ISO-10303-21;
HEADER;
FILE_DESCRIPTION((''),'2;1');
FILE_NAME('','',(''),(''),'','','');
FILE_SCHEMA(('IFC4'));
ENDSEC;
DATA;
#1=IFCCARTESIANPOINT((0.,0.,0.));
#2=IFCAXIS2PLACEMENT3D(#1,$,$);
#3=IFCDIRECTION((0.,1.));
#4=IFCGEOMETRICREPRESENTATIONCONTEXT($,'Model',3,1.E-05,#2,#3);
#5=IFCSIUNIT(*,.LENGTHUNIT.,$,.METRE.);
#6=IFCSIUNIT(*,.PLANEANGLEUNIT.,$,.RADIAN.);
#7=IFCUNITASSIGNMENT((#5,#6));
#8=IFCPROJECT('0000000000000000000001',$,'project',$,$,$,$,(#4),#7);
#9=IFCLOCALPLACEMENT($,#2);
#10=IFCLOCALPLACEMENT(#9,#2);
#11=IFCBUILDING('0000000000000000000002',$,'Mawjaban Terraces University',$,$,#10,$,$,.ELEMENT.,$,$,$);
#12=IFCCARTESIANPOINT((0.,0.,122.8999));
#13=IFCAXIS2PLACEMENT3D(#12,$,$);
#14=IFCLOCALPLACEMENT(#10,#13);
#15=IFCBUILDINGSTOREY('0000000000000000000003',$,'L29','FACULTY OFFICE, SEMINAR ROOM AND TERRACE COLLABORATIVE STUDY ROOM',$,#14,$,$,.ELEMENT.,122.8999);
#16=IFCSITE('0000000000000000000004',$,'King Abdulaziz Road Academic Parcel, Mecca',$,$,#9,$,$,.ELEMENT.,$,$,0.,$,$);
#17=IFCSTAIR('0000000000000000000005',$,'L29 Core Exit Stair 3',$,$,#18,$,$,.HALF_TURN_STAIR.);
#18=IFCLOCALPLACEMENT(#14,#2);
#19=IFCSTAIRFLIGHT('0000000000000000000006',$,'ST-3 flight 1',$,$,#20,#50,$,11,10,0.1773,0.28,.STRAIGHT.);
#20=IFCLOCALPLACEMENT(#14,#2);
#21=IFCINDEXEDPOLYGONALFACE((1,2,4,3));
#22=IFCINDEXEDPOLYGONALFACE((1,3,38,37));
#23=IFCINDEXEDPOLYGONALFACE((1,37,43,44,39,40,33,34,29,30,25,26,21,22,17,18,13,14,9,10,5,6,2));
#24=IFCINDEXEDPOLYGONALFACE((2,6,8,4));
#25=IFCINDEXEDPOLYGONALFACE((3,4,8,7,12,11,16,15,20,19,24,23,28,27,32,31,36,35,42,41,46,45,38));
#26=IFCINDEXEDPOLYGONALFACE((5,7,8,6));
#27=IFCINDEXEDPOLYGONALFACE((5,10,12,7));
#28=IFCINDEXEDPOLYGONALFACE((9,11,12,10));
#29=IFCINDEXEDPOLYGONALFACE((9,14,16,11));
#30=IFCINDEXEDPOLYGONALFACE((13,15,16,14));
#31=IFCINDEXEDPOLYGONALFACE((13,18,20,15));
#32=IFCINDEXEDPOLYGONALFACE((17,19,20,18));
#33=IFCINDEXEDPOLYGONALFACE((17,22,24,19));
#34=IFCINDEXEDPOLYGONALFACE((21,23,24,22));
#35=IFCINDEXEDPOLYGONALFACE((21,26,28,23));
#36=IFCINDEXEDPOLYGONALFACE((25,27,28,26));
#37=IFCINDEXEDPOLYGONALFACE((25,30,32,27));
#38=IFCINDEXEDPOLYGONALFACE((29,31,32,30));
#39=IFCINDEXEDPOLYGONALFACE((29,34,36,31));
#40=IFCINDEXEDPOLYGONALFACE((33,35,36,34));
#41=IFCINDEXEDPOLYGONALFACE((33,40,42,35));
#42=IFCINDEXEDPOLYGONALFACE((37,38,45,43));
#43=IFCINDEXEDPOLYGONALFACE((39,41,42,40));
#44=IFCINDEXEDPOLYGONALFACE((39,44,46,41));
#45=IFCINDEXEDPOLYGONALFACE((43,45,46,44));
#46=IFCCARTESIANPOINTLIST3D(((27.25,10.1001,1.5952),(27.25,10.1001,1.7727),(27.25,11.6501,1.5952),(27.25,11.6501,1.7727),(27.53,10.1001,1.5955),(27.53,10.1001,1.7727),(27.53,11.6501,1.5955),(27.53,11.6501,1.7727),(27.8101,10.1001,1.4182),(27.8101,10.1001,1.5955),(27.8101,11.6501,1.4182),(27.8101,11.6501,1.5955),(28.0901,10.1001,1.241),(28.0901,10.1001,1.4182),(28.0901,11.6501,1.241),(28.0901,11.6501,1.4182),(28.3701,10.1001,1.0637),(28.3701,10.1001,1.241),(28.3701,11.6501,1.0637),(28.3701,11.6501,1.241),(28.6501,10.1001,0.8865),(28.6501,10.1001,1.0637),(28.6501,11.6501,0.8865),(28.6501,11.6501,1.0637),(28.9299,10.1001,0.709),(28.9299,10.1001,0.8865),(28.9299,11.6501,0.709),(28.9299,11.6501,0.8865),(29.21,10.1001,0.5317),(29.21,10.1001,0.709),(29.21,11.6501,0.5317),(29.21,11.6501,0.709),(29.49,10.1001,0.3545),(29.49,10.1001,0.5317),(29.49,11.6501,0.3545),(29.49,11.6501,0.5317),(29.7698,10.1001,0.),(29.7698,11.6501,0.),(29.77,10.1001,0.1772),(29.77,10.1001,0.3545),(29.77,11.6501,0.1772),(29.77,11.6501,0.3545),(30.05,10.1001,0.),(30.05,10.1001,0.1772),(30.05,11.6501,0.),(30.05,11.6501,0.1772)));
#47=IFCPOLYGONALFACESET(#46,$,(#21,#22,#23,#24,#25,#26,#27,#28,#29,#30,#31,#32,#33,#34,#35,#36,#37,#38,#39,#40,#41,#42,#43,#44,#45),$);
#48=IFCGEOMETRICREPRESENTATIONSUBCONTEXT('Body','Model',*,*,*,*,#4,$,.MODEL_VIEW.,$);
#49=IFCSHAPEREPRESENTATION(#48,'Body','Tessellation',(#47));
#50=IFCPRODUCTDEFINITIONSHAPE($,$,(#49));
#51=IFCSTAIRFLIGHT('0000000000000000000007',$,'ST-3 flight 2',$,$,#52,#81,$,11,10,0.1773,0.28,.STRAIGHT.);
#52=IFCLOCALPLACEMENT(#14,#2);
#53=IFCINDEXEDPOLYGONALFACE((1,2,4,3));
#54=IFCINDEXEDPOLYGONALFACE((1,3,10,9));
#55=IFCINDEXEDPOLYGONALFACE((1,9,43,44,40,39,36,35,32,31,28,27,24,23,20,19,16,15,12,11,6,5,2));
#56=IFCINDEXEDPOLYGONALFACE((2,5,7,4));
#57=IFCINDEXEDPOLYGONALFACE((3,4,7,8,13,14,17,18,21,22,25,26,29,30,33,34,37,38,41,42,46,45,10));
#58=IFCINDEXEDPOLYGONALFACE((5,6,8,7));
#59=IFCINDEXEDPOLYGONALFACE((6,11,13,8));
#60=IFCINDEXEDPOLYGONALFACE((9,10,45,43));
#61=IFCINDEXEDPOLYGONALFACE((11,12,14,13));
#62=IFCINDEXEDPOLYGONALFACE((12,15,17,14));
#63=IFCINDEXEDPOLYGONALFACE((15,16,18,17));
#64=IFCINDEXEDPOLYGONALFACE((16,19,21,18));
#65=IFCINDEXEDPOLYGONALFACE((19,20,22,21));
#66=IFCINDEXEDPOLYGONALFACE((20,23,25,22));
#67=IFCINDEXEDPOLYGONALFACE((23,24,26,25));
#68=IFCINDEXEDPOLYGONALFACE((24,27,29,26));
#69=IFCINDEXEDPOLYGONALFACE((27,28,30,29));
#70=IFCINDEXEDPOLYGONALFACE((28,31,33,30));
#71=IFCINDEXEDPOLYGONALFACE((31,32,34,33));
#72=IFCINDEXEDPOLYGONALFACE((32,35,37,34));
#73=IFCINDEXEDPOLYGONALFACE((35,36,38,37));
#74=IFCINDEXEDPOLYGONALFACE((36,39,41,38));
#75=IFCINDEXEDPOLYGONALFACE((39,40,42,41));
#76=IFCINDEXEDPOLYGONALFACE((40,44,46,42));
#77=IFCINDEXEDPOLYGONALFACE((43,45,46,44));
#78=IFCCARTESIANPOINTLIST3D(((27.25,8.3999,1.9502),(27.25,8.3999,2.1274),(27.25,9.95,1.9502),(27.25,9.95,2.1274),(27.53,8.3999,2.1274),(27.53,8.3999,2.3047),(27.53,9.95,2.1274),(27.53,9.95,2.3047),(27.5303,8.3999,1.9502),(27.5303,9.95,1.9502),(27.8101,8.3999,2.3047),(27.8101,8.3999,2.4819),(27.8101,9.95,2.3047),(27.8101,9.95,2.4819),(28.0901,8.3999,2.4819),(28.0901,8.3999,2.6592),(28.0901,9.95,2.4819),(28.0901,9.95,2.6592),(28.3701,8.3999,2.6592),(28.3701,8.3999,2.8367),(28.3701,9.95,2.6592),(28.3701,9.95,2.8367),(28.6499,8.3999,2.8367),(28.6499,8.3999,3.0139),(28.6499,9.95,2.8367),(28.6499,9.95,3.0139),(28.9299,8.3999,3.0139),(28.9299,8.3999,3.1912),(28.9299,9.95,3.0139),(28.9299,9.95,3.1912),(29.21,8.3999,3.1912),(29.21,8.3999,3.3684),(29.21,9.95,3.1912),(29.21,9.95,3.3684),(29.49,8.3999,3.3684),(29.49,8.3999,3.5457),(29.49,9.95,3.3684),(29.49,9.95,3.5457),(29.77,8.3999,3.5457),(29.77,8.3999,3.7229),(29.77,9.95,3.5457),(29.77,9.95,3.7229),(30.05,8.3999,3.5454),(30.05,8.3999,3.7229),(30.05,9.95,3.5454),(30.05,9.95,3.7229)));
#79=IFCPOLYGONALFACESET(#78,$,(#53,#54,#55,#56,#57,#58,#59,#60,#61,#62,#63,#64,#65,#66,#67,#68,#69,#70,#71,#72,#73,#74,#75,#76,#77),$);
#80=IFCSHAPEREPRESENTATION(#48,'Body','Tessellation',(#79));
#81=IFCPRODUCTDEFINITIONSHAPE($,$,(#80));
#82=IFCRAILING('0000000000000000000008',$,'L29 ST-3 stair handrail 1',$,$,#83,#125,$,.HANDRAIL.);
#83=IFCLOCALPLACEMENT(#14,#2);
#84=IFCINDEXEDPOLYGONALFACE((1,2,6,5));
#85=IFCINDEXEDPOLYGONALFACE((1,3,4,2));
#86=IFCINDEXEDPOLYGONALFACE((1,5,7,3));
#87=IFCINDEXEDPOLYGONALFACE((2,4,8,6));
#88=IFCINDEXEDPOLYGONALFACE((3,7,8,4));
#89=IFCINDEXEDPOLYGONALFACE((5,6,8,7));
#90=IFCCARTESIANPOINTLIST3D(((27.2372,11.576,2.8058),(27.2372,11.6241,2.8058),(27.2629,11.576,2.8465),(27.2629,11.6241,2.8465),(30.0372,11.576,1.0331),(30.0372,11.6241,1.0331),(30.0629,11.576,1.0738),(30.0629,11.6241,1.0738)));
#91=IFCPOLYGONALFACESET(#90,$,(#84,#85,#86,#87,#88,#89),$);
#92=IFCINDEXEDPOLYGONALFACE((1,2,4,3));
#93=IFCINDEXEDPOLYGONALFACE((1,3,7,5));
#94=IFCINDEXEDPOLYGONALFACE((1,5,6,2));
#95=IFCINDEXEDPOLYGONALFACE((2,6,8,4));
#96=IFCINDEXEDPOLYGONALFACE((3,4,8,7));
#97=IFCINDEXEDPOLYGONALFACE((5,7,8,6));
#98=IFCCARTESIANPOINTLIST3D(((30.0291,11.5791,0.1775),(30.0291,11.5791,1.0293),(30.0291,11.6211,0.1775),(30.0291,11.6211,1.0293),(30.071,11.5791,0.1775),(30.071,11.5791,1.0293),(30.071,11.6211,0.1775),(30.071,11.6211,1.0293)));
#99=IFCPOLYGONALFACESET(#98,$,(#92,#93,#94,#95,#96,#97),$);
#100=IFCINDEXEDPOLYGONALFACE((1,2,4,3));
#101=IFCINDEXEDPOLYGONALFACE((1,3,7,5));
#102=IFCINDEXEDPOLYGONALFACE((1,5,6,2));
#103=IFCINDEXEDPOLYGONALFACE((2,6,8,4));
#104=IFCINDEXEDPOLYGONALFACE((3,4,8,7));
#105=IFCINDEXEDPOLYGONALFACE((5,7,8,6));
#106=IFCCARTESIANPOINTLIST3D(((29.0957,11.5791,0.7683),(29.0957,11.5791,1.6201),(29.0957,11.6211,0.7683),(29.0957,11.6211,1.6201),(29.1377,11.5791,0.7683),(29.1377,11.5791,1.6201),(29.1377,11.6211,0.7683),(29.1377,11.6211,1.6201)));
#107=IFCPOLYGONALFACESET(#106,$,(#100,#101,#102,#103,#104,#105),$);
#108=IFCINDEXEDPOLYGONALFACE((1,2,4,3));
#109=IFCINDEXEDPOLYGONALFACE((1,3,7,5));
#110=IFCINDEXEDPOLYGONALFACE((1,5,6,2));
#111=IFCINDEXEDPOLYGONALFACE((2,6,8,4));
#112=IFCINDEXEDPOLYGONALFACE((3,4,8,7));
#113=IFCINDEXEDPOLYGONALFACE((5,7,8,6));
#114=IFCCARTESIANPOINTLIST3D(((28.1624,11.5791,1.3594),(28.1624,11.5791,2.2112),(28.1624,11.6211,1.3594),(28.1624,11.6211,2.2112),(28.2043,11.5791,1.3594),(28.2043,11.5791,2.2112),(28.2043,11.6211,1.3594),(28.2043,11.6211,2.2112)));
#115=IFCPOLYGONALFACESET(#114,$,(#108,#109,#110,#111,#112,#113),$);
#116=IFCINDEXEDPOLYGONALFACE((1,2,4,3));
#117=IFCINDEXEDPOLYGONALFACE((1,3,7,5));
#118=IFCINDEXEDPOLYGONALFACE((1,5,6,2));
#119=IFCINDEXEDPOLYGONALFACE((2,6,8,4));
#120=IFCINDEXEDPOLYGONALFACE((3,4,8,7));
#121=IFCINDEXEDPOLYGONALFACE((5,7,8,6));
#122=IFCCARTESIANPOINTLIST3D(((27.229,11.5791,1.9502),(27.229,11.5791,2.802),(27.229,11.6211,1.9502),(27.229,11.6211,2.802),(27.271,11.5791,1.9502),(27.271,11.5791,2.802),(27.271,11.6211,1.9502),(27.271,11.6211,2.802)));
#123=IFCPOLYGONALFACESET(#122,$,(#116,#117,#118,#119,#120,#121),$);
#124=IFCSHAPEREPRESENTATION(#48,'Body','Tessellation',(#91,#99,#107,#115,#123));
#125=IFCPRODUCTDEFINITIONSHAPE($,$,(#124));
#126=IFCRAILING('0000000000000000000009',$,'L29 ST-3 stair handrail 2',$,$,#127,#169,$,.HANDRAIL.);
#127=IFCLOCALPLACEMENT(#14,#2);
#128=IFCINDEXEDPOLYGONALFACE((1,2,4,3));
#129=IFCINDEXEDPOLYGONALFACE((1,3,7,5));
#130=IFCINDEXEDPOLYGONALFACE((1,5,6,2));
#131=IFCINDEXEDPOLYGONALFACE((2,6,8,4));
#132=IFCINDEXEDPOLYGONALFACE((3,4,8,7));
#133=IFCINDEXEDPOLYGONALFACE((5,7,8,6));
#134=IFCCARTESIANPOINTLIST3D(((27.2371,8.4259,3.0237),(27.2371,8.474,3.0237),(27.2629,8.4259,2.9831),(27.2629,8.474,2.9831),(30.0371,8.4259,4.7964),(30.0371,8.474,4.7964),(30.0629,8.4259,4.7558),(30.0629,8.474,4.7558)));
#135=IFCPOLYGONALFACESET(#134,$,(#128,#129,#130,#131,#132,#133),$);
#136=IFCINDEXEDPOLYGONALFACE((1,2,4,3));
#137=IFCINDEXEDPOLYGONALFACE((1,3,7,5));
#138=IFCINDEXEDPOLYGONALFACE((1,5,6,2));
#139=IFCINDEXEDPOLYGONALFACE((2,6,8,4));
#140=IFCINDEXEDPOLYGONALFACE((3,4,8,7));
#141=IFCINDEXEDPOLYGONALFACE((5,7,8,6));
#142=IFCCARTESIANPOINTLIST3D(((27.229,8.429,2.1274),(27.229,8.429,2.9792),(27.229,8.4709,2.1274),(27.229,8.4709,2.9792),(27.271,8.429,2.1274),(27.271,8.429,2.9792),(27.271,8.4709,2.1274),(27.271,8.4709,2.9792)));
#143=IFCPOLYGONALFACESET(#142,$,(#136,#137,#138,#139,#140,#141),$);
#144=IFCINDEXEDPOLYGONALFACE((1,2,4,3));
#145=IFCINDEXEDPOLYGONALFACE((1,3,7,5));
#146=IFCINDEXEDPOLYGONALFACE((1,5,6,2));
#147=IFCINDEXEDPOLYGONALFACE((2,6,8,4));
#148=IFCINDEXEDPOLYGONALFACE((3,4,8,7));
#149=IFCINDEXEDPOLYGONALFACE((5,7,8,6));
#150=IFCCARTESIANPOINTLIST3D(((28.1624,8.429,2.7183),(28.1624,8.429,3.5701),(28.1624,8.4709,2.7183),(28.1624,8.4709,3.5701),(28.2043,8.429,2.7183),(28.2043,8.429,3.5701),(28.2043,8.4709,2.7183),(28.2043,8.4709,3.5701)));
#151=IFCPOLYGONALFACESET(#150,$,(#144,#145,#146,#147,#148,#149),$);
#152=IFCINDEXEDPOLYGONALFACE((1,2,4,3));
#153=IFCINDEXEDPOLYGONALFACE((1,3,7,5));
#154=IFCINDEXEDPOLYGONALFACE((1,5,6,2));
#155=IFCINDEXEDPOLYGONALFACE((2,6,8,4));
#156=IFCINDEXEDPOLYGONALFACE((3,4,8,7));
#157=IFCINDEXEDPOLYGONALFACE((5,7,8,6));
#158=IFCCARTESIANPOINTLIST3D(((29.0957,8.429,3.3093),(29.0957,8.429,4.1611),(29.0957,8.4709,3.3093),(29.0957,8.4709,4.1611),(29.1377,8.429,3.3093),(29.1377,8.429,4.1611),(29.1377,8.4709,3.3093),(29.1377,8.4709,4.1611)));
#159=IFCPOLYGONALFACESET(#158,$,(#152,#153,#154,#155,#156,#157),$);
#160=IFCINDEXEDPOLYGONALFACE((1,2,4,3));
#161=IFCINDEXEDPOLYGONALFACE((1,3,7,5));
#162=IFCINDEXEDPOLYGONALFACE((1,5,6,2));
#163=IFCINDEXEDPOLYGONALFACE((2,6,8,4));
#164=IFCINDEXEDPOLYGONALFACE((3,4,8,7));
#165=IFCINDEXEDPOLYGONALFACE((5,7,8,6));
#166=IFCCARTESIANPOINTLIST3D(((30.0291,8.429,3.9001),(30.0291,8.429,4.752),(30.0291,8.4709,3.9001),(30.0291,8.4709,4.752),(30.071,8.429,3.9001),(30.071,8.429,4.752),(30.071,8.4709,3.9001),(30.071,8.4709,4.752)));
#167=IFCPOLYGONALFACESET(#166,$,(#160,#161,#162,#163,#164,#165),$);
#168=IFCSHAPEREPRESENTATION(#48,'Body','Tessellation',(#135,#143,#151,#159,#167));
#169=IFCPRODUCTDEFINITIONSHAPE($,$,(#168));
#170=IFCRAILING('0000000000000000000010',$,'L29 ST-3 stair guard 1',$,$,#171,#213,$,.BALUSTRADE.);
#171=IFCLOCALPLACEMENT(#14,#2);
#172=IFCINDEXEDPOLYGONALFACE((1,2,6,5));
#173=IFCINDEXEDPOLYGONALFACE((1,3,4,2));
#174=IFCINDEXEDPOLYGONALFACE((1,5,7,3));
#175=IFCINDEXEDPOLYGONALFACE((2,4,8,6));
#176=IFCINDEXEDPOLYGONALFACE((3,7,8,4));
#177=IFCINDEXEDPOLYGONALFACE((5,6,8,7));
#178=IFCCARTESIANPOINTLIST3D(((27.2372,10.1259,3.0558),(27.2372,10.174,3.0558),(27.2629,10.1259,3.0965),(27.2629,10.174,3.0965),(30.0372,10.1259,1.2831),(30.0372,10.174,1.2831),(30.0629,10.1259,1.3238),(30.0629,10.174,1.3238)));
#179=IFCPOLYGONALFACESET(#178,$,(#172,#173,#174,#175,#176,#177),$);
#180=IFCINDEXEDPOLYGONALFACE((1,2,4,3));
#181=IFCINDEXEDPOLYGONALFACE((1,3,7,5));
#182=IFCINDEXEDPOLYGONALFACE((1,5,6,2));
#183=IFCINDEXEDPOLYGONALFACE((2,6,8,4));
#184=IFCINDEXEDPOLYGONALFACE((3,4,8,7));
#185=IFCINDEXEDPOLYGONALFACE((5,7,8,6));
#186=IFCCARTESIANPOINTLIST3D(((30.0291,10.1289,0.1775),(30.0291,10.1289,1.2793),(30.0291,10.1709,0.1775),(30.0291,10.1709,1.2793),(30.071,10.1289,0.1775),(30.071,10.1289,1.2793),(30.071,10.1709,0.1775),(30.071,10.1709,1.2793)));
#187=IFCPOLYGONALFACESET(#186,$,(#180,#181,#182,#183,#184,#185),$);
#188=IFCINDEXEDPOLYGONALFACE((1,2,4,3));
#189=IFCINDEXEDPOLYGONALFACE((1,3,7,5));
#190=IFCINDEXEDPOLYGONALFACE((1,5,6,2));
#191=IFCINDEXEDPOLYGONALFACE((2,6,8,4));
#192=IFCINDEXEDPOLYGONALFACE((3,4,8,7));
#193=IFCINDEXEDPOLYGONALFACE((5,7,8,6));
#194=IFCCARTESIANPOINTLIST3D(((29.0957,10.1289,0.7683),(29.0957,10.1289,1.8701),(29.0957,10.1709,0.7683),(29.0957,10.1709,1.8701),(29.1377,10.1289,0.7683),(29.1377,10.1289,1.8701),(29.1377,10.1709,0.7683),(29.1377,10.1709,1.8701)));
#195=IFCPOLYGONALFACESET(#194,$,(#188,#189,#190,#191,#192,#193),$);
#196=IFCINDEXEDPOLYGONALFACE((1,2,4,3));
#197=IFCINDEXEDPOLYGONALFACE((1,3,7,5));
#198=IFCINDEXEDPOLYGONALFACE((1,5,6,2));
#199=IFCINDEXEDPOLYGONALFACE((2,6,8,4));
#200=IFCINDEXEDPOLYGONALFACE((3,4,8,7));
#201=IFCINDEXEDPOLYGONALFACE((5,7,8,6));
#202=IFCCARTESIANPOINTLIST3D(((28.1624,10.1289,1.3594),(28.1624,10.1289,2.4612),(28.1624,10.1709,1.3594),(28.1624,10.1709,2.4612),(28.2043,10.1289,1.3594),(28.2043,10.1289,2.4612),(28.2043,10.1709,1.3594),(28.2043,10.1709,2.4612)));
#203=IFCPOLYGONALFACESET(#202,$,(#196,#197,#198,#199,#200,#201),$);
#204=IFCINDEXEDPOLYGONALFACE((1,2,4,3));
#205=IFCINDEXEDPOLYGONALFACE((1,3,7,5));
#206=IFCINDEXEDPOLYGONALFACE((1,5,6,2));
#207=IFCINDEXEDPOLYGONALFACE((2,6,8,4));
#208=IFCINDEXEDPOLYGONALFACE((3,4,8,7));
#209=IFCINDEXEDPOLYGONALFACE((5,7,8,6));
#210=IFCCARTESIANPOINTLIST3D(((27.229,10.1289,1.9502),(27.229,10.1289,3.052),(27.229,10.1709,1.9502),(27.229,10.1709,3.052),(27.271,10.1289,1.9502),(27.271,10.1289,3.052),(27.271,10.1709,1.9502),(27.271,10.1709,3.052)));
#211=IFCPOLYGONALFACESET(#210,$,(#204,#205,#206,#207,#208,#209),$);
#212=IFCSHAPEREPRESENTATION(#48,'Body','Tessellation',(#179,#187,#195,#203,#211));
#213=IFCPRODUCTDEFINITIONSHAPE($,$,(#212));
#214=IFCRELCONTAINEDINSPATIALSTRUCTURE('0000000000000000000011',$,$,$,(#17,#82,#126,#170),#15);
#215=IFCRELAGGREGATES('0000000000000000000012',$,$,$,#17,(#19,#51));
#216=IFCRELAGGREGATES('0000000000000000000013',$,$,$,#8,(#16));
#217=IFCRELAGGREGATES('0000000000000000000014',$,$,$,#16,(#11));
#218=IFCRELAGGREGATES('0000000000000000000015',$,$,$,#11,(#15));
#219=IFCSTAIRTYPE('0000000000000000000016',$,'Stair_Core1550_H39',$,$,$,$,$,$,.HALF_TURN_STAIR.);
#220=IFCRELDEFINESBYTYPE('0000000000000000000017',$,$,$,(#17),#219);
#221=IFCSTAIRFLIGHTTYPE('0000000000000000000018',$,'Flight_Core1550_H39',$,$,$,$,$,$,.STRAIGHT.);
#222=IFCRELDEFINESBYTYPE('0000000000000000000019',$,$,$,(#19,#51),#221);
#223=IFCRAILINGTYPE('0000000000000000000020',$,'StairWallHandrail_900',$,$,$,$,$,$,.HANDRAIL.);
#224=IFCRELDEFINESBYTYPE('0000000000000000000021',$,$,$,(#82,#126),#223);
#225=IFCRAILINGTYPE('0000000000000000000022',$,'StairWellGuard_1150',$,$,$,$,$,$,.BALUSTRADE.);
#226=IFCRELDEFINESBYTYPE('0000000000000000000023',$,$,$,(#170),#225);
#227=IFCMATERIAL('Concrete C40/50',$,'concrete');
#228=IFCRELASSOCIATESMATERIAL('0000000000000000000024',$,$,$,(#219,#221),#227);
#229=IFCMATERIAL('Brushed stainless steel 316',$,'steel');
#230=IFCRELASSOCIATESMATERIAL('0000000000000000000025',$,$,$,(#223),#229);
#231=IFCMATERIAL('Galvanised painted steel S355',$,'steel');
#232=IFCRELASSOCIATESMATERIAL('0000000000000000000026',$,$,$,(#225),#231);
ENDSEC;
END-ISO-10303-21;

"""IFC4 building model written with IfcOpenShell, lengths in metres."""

from ifc_helpers import new_model, si_unit, direction, frame, origin, origin_2d, place, context, subcontext, project, spatial, polyline, rectangle, outline, extrude, material, type_object, element, aggregate, save


model = new_model("IFC4")

# Units and contexts
model_context = context("Model", 3, precision=1e-05, world=origin(), true_north=direction((0.0, 1.0)))
body_context = subcontext(model_context, "Body", "Model", "MODEL_VIEW")
ifc_project = project(units=[si_unit("LENGTHUNIT", "METRE"), si_unit("PLANEANGLEUNIT", "RADIAN")], contexts=[model_context])

# Site, building, storey
site_placement = place(None, origin())
site = spatial("IfcSite", under=ifc_project, at=site_placement, Name="King Abdulaziz Road Academic Parcel, Mecca", CompositionType="ELEMENT", RefElevation=0.0)
building_placement = place(site_placement, origin())
building = spatial("IfcBuilding", under=site, at=building_placement, Name="Mawjaban Terraces University", CompositionType="ELEMENT")
storey_placement = place(building_placement, frame((0.0, 0.0, 122.8999)))
storey = spatial("IfcBuildingStorey", under=building, at=storey_placement, Name="L29", Description="FACULTY OFFICE, SEMINAR ROOM AND TERRACE COLLABORATIVE STUDY ROOM", CompositionType="ELEMENT", Elevation=122.8999)

# Shared definitions
ifc_material_1 = material(Name="Concrete C40/50", Category="concrete")

# Stair, stair flights
stair_type = type_object("IfcStairType", Name="Stair_Core1550_H39", PredefinedType="HALF_TURN_STAIR", material=ifc_material_1)
stair_placement = place(storey_placement, origin())
stair = element("IfcStair", 1, at=stair_placement, inside=storey, type_object=stair_type, Name="L29 Core Exit Stair 3", PredefinedType="HALF_TURN_STAIR")
stair_flight_type = type_object("IfcStairFlightType", Name="Flight_Core1550_H39", PredefinedType="STRAIGHT", material=ifc_material_1)
stair_flight_1_placement = place(storey_placement, frame((30.05, 10.875, 0.0), z_axis=(0.0, 0.0, 1.0), x_axis=(-1.0, 0.0, 0.0)))
stair_flight_1 = element("IfcStairFlight", 2, at=stair_flight_1_placement, type_object=stair_flight_type, Name="ST-3 flight 1", NumberOfRisers=11, NumberOfTreads=10, PredefinedType="STRAIGHT", RiserHeight=0.1773, TreadLength=0.28, context=body_context, shape_type="SweptSolid", body=[
    extrude(outline(polyline([(0.0, 0.0), (0.0, 0.1772), (0.28, 0.1772), (0.28, 0.3545), (0.5601, 0.3545), (0.5601, 0.5317), (0.8401, 0.5317), (0.8401, 0.709), (1.1201, 0.709), (1.1201, 0.8865), (1.3999, 0.8865), (1.3999, 1.0637), (1.6799, 1.0637), (1.6799, 1.241), (1.96, 1.241), (1.96, 1.4182), (2.24, 1.4182), (2.24, 1.5955), (2.52, 1.5955), (2.52, 1.7727), (2.8, 1.7727), (2.8, 1.95), (2.8, 1.5952), (0.2803, 0.0), (0.0, 0.0)])), frame((0.0, 0.7749, 0.0), z_axis=(0.0, -1.0, 0.0), x_axis=(1.0, 0.0, 0.0)), (0.0, 0.0, 1.0), 1.55),
])
stair_flight_2_placement = place(storey_placement, frame((27.25, 9.175, 1.9502), z_axis=(0.0, 0.0, 1.0), x_axis=(1.0, 0.0, 0.0)))
stair_flight_2 = element("IfcStairFlight", 3, at=stair_flight_2_placement, type_object=stair_flight_type, Name="ST-3 flight 2", NumberOfRisers=11, NumberOfTreads=10, PredefinedType="STRAIGHT", RiserHeight=0.1773, TreadLength=0.28, context=body_context, shape_type="SweptSolid", body=[
    extrude(outline(polyline([(0.0, 0.0), (0.0, 0.1772), (0.28, 0.1772), (0.28, 0.3545), (0.5601, 0.3545), (0.5601, 0.5317), (0.8401, 0.5317), (0.8401, 0.709), (1.1201, 0.709), (1.1201, 0.8865), (1.3999, 0.8865), (1.3999, 1.0637), (1.6799, 1.0637), (1.6799, 1.241), (1.96, 1.241), (1.96, 1.4182), (2.24, 1.4182), (2.24, 1.5955), (2.52, 1.5955), (2.52, 1.7727), (2.8, 1.7727), (2.8, 1.95), (2.8, 1.5952), (0.2803, 0.0), (0.0, 0.0)])), frame((0.0, 0.7749, 0.0), z_axis=(0.0, -1.0, 0.0), x_axis=(1.0, 0.0, 0.0)), (0.0, 0.0, 1.0), 1.55),
])
aggregate(stair, [stair_flight_1, stair_flight_2])

# Railings
ifc_material_2 = material(Name="Brushed stainless steel 316", Category="steel")
railing_type_1 = type_object("IfcRailingType", Name="StairWallHandrail_900", PredefinedType="HANDRAIL", material=ifc_material_2)
railing_1_placement = place(storey_placement, frame((30.05, 11.6001, 0.1775)))
element("IfcRailing", 4, at=railing_1_placement, inside=storey, type_object=railing_type_1, Name="L29 ST-3 stair handrail 1", PredefinedType="HANDRAIL", context=body_context, shape_type="SweptSolid", body=[
    extrude(rectangle(XDim=0.0481, YDim=0.0481, at=origin_2d()), frame((0.0, 0.0, 0.876), z_axis=(-0.844909, 0.0, 0.53491), x_axis=(0.0, -1.0, 0.0)), (0.0, 0.0, 1.0), 3.314),
    extrude(rectangle(XDim=0.042, YDim=0.042, at=origin_2d()), origin(), (0.0, 0.0, 1.0), 0.8518),
    extrude(rectangle(XDim=0.042, YDim=0.042, at=origin_2d()), frame((-0.9333, 0.0, 0.5908)), (0.0, 0.0, 1.0), 0.8518),
    extrude(rectangle(XDim=0.042, YDim=0.042, at=origin_2d()), frame((-1.8667, 0.0, 1.1819)), (0.0, 0.0, 1.0), 0.8518),
    extrude(rectangle(XDim=0.042, YDim=0.042, at=origin_2d()), frame((-2.8, 0.0, 1.7727)), (0.0, 0.0, 1.0), 0.8518),
])
railing_2_placement = place(storey_placement, frame((27.25, 8.45, 2.1274)))
element("IfcRailing", 5, at=railing_2_placement, inside=storey, type_object=railing_type_1, Name="L29 ST-3 stair handrail 2", PredefinedType="HANDRAIL", context=body_context, shape_type="SweptSolid", body=[
    extrude(rectangle(XDim=0.0481, YDim=0.0481, at=origin_2d()), frame((0.0, 0.0, 0.876), z_axis=(0.844909, 0.0, 0.53491), x_axis=(0.0, 1.0, 0.0)), (0.0, 0.0, 1.0), 3.314),
    extrude(rectangle(XDim=0.042, YDim=0.042, at=origin_2d()), origin(), (0.0, 0.0, 1.0), 0.8518),
    extrude(rectangle(XDim=0.042, YDim=0.042, at=origin_2d()), frame((0.9333, 0.0, 0.5908)), (0.0, 0.0, 1.0), 0.8518),
    extrude(rectangle(XDim=0.042, YDim=0.042, at=origin_2d()), frame((1.8667, 0.0, 1.1819)), (0.0, 0.0, 1.0), 0.8518),
    extrude(rectangle(XDim=0.042, YDim=0.042, at=origin_2d()), frame((2.8, 0.0, 1.7727)), (0.0, 0.0, 1.0), 0.8518),
])
ifc_material_3 = material(Name="Galvanised painted steel S355", Category="steel")
railing_type_2 = type_object("IfcRailingType", Name="StairWellGuard_1150", PredefinedType="BALUSTRADE", material=ifc_material_3)
railing_3_placement = place(storey_placement, frame((30.05, 10.1499, 0.1775)))
element("IfcRailing", 6, at=railing_3_placement, inside=storey, type_object=railing_type_2, Name="L29 ST-3 stair guard 1", PredefinedType="BALUSTRADE", context=body_context, shape_type="SweptSolid", body=[
    extrude(rectangle(XDim=0.0481, YDim=0.0481, at=origin_2d()), frame((0.0, 0.0, 1.126), z_axis=(-0.844909, 0.0, 0.53491), x_axis=(0.0, -1.0, 0.0)), (0.0, 0.0, 1.0), 3.314),
    extrude(rectangle(XDim=0.042, YDim=0.042, at=origin_2d()), origin(), (0.0, 0.0, 1.0), 1.1018),
    extrude(rectangle(XDim=0.042, YDim=0.042, at=origin_2d()), frame((-0.9333, 0.0, 0.5908)), (0.0, 0.0, 1.0), 1.1018),
    extrude(rectangle(XDim=0.042, YDim=0.042, at=origin_2d()), frame((-1.8667, 0.0, 1.1819)), (0.0, 0.0, 1.0), 1.1018),
    extrude(rectangle(XDim=0.042, YDim=0.042, at=origin_2d()), frame((-2.8, 0.0, 1.7727)), (0.0, 0.0, 1.0), 1.1018),
])

save(model, "model.ifc")
